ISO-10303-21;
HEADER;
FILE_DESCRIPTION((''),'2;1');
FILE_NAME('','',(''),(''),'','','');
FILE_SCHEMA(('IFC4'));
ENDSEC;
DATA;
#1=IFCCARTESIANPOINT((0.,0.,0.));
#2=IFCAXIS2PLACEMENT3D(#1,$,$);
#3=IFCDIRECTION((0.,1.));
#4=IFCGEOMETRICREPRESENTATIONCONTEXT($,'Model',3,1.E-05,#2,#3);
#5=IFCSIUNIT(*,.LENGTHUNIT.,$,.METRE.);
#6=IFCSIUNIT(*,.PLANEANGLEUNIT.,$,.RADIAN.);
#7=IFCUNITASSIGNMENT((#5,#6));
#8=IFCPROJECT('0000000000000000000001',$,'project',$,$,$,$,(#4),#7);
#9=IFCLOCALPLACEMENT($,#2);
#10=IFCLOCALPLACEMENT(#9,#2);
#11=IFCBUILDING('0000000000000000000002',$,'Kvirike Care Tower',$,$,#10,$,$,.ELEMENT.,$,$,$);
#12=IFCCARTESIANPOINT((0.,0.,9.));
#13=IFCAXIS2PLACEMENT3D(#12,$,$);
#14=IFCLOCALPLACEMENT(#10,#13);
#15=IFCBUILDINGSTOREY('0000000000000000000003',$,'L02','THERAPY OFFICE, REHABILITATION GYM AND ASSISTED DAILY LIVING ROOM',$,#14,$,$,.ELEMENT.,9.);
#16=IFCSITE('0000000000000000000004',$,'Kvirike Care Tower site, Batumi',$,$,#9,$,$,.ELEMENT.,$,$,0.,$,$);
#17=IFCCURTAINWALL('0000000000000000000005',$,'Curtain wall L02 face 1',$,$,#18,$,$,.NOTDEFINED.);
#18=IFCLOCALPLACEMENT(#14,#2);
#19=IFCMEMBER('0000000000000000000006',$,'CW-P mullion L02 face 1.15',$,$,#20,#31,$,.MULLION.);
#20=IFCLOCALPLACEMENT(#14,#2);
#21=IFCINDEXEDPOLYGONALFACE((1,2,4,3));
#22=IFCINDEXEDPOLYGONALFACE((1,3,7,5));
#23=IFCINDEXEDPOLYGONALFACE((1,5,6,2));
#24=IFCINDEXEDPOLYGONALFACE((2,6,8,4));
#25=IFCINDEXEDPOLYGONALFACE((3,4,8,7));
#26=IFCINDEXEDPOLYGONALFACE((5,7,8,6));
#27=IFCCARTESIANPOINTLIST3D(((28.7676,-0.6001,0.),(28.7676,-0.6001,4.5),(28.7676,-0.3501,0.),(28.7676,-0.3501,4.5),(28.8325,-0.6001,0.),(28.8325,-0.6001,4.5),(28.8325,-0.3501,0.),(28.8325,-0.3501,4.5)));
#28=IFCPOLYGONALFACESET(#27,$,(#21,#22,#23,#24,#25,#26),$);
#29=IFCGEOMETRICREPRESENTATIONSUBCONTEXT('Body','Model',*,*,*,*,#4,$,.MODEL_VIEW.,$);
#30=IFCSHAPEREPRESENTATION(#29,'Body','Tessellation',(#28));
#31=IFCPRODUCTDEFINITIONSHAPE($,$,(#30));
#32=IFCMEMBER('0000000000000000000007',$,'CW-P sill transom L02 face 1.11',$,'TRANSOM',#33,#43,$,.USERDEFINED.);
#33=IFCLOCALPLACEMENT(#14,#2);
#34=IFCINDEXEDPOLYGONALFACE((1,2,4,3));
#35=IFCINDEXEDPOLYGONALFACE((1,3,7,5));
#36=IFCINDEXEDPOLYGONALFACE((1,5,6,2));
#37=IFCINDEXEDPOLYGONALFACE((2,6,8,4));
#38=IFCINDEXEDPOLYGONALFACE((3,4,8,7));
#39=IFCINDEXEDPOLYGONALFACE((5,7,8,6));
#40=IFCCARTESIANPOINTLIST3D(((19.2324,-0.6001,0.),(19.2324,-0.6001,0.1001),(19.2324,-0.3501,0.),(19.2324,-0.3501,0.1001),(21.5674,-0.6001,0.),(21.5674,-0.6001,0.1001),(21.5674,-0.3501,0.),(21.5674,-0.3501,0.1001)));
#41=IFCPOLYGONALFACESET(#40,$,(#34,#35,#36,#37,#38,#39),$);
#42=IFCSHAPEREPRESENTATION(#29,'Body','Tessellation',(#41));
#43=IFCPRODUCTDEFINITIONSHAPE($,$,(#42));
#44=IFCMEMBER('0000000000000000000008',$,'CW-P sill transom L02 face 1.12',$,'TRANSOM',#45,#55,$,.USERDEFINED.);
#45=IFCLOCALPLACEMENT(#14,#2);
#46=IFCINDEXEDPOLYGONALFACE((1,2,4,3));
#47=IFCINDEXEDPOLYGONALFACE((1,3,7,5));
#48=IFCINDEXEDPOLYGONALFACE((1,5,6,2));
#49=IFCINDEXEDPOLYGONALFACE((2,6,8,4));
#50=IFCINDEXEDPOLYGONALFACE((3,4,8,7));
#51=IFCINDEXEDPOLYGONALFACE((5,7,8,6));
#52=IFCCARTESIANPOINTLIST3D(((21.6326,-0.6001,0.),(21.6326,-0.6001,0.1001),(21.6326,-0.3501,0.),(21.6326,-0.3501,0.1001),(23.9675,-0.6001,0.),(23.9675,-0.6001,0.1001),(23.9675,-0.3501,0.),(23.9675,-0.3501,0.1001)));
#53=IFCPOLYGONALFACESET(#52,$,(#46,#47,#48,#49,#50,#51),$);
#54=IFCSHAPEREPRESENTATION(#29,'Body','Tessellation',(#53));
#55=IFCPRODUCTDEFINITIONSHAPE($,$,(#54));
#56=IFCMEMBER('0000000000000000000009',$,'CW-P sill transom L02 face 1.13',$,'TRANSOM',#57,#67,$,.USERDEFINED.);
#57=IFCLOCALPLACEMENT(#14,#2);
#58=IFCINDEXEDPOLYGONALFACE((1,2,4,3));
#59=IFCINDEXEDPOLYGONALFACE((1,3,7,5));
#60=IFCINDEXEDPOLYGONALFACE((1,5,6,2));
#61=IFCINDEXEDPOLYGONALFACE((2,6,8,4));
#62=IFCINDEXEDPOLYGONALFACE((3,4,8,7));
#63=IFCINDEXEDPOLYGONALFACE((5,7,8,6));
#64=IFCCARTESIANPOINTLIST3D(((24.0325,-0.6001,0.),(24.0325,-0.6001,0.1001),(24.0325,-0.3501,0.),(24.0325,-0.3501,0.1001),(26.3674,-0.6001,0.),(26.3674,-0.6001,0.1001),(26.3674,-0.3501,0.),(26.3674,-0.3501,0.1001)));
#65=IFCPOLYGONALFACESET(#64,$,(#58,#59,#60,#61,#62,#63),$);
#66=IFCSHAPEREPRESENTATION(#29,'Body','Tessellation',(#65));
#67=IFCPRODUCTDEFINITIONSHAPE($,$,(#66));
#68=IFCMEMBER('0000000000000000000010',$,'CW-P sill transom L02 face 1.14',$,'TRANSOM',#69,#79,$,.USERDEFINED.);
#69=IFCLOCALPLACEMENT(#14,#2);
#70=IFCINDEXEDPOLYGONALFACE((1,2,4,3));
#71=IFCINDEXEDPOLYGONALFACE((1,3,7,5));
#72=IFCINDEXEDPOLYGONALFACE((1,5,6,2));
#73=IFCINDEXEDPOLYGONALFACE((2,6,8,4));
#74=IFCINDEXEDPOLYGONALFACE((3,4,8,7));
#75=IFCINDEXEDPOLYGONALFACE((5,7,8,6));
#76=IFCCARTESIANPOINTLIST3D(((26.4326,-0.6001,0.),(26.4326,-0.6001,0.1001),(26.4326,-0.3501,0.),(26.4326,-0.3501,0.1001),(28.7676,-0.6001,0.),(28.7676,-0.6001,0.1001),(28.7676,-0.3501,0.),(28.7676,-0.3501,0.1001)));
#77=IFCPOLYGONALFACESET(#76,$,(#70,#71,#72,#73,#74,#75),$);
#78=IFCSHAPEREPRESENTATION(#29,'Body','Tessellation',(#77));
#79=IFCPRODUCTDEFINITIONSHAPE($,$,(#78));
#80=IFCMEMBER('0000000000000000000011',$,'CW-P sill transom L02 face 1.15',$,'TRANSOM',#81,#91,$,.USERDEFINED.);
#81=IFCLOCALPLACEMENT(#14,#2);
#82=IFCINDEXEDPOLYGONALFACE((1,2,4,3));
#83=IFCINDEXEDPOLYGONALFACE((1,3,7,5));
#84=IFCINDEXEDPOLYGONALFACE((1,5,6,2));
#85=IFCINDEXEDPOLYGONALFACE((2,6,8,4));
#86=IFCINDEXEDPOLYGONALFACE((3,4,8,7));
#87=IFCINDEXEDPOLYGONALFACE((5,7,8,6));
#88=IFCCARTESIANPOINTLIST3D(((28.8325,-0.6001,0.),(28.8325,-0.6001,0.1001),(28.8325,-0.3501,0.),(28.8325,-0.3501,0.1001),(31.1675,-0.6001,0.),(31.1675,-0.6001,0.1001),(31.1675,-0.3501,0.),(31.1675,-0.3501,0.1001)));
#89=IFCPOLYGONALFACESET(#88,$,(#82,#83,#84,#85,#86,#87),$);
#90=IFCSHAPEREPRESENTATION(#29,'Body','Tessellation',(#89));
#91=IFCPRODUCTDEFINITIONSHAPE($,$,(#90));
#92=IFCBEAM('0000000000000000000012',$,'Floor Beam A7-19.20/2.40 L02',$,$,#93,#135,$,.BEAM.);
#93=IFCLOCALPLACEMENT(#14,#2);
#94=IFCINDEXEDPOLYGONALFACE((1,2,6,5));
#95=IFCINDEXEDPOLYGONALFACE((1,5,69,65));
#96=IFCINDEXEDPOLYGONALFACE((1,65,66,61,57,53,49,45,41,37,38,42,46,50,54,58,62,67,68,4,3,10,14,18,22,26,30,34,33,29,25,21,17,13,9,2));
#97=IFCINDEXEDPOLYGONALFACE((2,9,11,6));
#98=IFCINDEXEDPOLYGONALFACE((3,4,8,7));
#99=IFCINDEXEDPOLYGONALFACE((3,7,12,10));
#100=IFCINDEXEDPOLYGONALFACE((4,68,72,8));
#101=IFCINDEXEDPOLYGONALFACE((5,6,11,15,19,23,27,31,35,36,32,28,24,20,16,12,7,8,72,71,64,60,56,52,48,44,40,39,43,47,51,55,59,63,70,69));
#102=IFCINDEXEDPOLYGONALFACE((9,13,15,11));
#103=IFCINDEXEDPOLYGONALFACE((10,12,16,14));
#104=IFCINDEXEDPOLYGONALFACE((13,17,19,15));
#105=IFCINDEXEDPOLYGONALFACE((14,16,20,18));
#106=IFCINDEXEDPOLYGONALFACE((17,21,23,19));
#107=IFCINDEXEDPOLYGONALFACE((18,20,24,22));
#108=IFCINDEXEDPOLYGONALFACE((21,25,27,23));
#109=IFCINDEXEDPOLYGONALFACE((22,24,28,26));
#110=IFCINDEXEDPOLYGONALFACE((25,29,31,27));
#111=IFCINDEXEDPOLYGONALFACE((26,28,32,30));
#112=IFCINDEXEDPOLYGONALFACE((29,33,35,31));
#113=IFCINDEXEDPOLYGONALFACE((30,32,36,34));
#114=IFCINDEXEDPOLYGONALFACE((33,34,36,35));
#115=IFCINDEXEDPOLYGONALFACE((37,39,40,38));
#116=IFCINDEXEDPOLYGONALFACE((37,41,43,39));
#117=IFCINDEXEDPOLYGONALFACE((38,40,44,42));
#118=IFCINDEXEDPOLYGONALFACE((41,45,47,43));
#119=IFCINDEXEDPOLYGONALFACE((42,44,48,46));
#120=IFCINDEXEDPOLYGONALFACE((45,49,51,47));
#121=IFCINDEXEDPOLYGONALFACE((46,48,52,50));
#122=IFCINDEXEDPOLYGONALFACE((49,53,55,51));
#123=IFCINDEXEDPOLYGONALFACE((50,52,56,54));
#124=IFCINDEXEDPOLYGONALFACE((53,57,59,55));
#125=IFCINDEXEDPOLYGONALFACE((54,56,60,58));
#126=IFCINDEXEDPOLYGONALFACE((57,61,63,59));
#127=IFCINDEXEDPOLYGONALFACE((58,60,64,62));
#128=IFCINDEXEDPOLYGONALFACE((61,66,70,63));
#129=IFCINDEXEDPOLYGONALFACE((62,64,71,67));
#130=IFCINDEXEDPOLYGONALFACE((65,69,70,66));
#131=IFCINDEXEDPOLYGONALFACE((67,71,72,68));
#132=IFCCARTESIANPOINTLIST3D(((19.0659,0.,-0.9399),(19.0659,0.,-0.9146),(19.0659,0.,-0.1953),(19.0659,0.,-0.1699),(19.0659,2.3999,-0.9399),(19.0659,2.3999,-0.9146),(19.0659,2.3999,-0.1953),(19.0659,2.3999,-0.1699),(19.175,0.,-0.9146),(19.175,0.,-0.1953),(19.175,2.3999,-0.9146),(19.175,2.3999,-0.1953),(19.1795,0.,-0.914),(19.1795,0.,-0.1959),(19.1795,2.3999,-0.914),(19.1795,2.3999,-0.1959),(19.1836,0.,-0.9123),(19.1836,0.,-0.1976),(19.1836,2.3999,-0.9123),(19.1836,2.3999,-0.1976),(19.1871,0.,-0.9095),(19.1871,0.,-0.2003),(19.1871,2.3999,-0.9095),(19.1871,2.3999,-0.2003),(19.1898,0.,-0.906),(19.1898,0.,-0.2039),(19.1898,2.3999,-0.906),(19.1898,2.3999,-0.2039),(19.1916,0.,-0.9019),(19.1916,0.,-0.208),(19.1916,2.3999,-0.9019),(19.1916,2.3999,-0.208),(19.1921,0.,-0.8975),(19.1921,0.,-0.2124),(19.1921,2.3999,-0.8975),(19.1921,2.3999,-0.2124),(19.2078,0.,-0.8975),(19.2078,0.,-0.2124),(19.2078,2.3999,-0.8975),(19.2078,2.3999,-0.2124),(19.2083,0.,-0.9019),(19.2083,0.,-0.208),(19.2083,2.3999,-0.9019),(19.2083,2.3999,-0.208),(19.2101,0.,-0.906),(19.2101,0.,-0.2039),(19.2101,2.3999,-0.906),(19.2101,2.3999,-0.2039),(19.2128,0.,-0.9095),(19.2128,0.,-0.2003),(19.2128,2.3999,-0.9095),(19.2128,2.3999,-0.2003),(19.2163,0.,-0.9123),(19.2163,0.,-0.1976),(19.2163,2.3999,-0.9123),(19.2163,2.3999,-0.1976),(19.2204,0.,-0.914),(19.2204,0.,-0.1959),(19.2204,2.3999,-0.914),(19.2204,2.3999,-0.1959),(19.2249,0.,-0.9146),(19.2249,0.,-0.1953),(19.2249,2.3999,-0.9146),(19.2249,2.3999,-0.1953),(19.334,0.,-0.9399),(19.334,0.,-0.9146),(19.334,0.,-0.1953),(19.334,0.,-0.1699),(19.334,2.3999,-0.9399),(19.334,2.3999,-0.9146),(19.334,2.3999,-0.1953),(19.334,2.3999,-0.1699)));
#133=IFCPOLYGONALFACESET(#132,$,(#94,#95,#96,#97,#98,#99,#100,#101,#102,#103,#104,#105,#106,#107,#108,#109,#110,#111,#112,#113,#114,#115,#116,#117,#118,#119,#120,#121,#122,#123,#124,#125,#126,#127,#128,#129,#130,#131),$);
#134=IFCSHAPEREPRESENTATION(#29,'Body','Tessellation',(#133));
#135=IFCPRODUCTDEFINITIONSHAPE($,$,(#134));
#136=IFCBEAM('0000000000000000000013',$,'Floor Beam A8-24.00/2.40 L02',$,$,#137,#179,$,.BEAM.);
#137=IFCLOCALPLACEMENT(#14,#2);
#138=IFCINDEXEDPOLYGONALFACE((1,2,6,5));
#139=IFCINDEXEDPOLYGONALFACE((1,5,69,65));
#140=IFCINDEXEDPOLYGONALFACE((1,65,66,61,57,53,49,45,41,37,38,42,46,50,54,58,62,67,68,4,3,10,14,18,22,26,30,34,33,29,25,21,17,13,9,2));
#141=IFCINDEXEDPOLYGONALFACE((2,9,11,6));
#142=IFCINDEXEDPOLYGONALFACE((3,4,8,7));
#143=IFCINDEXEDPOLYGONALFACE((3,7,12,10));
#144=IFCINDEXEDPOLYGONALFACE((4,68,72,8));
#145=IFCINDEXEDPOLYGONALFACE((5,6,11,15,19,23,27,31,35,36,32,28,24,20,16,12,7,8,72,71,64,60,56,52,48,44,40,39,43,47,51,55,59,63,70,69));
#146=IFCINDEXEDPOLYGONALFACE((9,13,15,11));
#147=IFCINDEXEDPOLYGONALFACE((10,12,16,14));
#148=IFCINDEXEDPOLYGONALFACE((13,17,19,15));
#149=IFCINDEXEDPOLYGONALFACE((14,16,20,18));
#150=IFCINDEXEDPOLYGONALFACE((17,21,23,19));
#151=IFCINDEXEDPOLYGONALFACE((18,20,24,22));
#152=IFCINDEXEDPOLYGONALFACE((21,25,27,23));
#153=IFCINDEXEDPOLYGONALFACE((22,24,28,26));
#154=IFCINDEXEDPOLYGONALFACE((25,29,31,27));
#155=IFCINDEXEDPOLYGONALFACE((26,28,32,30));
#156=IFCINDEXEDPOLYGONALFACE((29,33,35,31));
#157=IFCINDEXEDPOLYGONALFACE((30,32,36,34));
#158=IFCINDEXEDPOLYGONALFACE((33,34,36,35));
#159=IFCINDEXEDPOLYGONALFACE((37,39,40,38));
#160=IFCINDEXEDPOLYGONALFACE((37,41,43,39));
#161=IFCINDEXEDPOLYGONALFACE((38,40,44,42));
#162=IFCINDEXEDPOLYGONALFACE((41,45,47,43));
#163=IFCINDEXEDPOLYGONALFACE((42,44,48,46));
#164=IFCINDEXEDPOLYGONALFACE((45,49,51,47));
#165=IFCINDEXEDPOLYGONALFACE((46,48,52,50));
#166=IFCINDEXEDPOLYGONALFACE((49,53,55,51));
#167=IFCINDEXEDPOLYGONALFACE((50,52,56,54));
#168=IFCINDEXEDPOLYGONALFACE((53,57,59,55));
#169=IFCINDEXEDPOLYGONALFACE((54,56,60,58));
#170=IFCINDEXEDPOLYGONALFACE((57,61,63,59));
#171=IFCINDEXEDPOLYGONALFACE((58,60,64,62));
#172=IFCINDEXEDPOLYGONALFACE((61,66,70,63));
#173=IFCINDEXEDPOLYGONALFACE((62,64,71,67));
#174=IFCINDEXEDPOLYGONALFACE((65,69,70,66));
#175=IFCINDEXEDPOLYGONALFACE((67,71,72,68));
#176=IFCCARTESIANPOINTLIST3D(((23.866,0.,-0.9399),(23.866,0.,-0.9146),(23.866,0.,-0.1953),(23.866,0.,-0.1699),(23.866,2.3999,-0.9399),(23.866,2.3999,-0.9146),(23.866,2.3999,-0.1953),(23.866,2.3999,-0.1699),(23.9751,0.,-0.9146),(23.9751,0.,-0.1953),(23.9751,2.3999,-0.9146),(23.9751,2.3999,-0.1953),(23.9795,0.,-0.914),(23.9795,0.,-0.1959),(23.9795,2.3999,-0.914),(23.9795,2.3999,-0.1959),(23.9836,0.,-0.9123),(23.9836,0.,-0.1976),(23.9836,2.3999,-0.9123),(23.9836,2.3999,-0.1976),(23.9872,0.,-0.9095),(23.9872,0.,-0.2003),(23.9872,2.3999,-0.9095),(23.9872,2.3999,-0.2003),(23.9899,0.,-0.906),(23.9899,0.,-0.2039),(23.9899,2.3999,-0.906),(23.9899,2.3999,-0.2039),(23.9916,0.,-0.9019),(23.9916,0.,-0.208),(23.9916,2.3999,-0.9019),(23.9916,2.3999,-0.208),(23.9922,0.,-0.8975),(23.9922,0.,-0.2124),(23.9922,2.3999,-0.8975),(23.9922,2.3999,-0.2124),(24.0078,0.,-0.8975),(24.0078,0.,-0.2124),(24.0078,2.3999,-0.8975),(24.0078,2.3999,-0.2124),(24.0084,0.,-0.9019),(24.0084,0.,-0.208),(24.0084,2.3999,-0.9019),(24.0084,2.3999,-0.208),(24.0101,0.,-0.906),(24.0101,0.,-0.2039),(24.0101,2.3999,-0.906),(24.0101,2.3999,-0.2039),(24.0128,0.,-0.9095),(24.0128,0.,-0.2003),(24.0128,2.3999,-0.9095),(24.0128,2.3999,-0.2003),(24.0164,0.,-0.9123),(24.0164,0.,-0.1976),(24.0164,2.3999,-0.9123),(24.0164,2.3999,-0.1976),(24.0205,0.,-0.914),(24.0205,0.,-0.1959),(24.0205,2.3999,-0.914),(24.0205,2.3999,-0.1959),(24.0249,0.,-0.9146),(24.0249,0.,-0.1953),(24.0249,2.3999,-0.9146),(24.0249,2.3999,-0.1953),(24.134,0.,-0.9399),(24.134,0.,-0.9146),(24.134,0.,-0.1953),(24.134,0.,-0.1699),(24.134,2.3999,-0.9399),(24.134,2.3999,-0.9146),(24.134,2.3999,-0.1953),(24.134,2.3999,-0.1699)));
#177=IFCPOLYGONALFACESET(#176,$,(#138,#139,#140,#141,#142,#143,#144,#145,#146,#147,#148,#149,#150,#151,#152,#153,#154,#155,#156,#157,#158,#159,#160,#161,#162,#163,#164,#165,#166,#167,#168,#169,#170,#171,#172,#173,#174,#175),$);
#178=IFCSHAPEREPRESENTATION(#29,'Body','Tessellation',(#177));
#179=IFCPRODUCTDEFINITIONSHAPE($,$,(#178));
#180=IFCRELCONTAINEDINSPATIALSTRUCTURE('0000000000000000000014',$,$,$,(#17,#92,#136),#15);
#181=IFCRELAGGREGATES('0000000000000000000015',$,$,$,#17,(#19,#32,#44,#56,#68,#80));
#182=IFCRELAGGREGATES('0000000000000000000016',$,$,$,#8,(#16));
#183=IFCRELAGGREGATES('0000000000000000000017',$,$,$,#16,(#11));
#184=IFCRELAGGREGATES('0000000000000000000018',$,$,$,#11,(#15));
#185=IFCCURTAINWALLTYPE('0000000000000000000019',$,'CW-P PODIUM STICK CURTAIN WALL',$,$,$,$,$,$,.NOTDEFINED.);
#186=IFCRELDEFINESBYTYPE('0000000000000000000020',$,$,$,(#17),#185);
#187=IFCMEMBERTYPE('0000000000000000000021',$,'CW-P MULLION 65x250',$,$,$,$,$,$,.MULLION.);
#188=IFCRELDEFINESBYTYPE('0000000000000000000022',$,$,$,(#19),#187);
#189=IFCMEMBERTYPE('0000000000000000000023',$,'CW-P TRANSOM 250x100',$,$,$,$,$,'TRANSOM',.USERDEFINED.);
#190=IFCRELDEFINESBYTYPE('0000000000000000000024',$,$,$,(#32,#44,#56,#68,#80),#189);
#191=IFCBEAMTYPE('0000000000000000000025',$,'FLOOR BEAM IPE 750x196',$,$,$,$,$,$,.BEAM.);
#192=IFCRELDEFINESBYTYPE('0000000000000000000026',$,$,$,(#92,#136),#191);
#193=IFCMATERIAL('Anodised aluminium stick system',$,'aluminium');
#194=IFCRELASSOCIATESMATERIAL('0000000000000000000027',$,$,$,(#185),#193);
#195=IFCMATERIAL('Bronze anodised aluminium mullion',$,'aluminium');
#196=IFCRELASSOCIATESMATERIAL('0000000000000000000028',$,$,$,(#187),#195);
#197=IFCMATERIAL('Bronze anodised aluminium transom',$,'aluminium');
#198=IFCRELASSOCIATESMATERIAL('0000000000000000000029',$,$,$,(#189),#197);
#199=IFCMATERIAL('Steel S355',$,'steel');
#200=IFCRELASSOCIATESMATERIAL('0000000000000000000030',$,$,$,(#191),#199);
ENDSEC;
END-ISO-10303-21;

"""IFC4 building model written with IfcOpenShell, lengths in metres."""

from ifc_helpers import new_model, si_unit, direction, frame, origin, origin_2d, place, context, subcontext, project, spatial, rectangle, i_section, extrude, material, material_profile, profile_set, type_object, element, aggregate, save


model = new_model("IFC4")

# Units and contexts
model_context = context("Model", 3, precision=1e-05, world=origin(), true_north=direction((0.0, 1.0)))
body_context = subcontext(model_context, "Body", "Model", "MODEL_VIEW")
ifc_project = project(units=[si_unit("LENGTHUNIT", "METRE"), si_unit("PLANEANGLEUNIT", "RADIAN")], contexts=[model_context])

# Site, building, storey
site_placement = place(None, origin())
site = spatial("IfcSite", under=ifc_project, at=site_placement, Name="Kvirike Care Tower site, Batumi", CompositionType="ELEMENT", RefElevation=0.0)
building_placement = place(site_placement, origin())
building = spatial("IfcBuilding", under=site, at=building_placement, Name="Kvirike Care Tower", CompositionType="ELEMENT")
storey_placement = place(building_placement, frame((0.0, 0.0, 9.0)))
storey = spatial("IfcBuildingStorey", under=building, at=storey_placement, Name="L02", Description="THERAPY OFFICE, REHABILITATION GYM AND ASSISTED DAILY LIVING ROOM", CompositionType="ELEMENT", Elevation=9.0)

# Curtain wall, members
ifc_material_1 = material(Name="Anodised aluminium stick system", Category="aluminium")
curtain_wall_type = type_object("IfcCurtainWallType", Name="CW-P PODIUM STICK CURTAIN WALL", PredefinedType="NOTDEFINED", material=ifc_material_1)
curtain_wall_placement = place(storey_placement, origin())
curtain_wall = element("IfcCurtainWall", 1, at=curtain_wall_placement, inside=storey, type_object=curtain_wall_type, Name="Curtain wall L02 face 1", PredefinedType="NOTDEFINED")
ifc_material_2 = material(Name="Bronze anodised aluminium mullion", Category="aluminium")
ifc_material_profile_1 = material_profile(ifc_material_2, rectangle(XDim=0.0649, YDim=0.25, at=origin_2d()), Name="CW-P MULLION 65x250")
ifc_profile_set_1 = profile_set([ifc_material_profile_1], Name="Bronze anodised aluminium mullion")
member_type_1 = type_object("IfcMemberType", Name="CW-P MULLION 65x250", PredefinedType="MULLION", material=ifc_profile_set_1)
member_1_placement = place(storey_placement, frame((28.8, -0.4751, 0.0), z_axis=(0.0, 0.0, 1.0), x_axis=(1.0, 0.0, 0.0)))
member_1 = element("IfcMember", 2, at=member_1_placement, type_object=member_type_1, Name="CW-P mullion L02 face 1.15", PredefinedType="MULLION", context=body_context, shape_type="SweptSolid", body=[
    extrude(rectangle(XDim=0.0649, YDim=0.25, at=origin_2d()), origin(), (0.0, 0.0, 1.0), 4.5),
])
ifc_material_3 = material(Name="Bronze anodised aluminium transom", Category="aluminium")
ifc_material_profile_2 = material_profile(ifc_material_3, rectangle(XDim=0.25, YDim=0.1001, at=origin_2d()), Name="CW-P TRANSOM 250x100")
ifc_profile_set_2 = profile_set([ifc_material_profile_2], Name="Bronze anodised aluminium transom")
member_type_2 = type_object("IfcMemberType", Name="CW-P TRANSOM 250x100", ElementType="TRANSOM", PredefinedType="USERDEFINED", material=ifc_profile_set_2)
member_2_placement = place(storey_placement, frame((19.2324, -0.4751, 0.05), z_axis=(1.0, 0.0, 0.0), x_axis=(0.0, 1.0, 0.0)))
member_2 = element("IfcMember", 3, at=member_2_placement, type_object=member_type_2, Name="CW-P sill transom L02 face 1.11", ObjectType="TRANSOM", PredefinedType="USERDEFINED", context=body_context, shape_type="SweptSolid", body=[
    extrude(rectangle(XDim=0.25, YDim=0.1001, at=origin_2d()), origin(), (0.0, 0.0, 1.0), 2.335),
])
member_3_placement = place(storey_placement, frame((21.6326, -0.4751, 0.05), z_axis=(1.0, 0.0, 0.0), x_axis=(0.0, 1.0, 0.0)))
member_3 = element("IfcMember", 4, at=member_3_placement, type_object=member_type_2, Name="CW-P sill transom L02 face 1.12", ObjectType="TRANSOM", PredefinedType="USERDEFINED", context=body_context, shape_type="SweptSolid", body=[
    extrude(rectangle(XDim=0.25, YDim=0.1001, at=origin_2d()), origin(), (0.0, 0.0, 1.0), 2.335),
])
member_4_placement = place(storey_placement, frame((24.0325, -0.4751, 0.05), z_axis=(1.0, 0.0, 0.0), x_axis=(0.0, 1.0, 0.0)))
member_4 = element("IfcMember", 5, at=member_4_placement, type_object=member_type_2, Name="CW-P sill transom L02 face 1.13", ObjectType="TRANSOM", PredefinedType="USERDEFINED", context=body_context, shape_type="SweptSolid", body=[
    extrude(rectangle(XDim=0.25, YDim=0.1001, at=origin_2d()), origin(), (0.0, 0.0, 1.0), 2.335),
])
member_5_placement = place(storey_placement, frame((26.4326, -0.4751, 0.05), z_axis=(1.0, 0.0, 0.0), x_axis=(0.0, 1.0, 0.0)))
member_5 = element("IfcMember", 6, at=member_5_placement, type_object=member_type_2, Name="CW-P sill transom L02 face 1.14", ObjectType="TRANSOM", PredefinedType="USERDEFINED", context=body_context, shape_type="SweptSolid", body=[
    extrude(rectangle(XDim=0.25, YDim=0.1001, at=origin_2d()), origin(), (0.0, 0.0, 1.0), 2.335),
])
member_6_placement = place(storey_placement, frame((28.8325, -0.4751, 0.05), z_axis=(1.0, 0.0, 0.0), x_axis=(0.0, 1.0, 0.0)))
member_6 = element("IfcMember", 7, at=member_6_placement, type_object=member_type_2, Name="CW-P sill transom L02 face 1.15", ObjectType="TRANSOM", PredefinedType="USERDEFINED", context=body_context, shape_type="SweptSolid", body=[
    extrude(rectangle(XDim=0.25, YDim=0.1001, at=origin_2d()), origin(), (0.0, 0.0, 1.0), 2.335),
])

# Beams
ifc_material_4 = material(Name="Steel S355", Category="steel")
ifc_material_profile_3 = material_profile(ifc_material_4, i_section(OverallWidth=0.2681, OverallDepth=0.77, WebThickness=0.0156, FlangeThickness=0.0254, FilletRadius=0.0171, at=origin_2d()), Name="IPE 750x196")
ifc_profile_set_3 = profile_set([ifc_material_profile_3], Name="Steel S355")
beam_type_1 = type_object("IfcBeamType", Name="FLOOR BEAM IPE 750x196", PredefinedType="BEAM", material=ifc_profile_set_3)
for number, where, z_axis, x_axis, name in (
    (8, (19.2, 0.0, -0.5549), (0.0, 1.0, 0.0), (-1.0, 0.0, 0.0), "Floor Beam A7-19.20/2.40 L02"),
    (9, (24.0, 0.0, -0.5549), (0.0, 1.0, 0.0), (-1.0, 0.0, 0.0), "Floor Beam A8-24.00/2.40 L02"),
):
    element("IfcBeam", number, at=place(storey_placement, frame(where, z_axis=z_axis, x_axis=x_axis)), inside=storey, type_object=beam_type_1, Name=name, PredefinedType="BEAM", context=body_context, shape_type="SweptSolid", body=[
        extrude(i_section(OverallWidth=0.2681, OverallDepth=0.77, WebThickness=0.0156, FlangeThickness=0.0254, FilletRadius=0.0171, at=origin_2d()), origin(), (0.0, 0.0, 1.0), 2.3999),
    ])

aggregate(curtain_wall, [member_1, member_2, member_3, member_4, member_5, member_6])

save(model, "model.ifc")
